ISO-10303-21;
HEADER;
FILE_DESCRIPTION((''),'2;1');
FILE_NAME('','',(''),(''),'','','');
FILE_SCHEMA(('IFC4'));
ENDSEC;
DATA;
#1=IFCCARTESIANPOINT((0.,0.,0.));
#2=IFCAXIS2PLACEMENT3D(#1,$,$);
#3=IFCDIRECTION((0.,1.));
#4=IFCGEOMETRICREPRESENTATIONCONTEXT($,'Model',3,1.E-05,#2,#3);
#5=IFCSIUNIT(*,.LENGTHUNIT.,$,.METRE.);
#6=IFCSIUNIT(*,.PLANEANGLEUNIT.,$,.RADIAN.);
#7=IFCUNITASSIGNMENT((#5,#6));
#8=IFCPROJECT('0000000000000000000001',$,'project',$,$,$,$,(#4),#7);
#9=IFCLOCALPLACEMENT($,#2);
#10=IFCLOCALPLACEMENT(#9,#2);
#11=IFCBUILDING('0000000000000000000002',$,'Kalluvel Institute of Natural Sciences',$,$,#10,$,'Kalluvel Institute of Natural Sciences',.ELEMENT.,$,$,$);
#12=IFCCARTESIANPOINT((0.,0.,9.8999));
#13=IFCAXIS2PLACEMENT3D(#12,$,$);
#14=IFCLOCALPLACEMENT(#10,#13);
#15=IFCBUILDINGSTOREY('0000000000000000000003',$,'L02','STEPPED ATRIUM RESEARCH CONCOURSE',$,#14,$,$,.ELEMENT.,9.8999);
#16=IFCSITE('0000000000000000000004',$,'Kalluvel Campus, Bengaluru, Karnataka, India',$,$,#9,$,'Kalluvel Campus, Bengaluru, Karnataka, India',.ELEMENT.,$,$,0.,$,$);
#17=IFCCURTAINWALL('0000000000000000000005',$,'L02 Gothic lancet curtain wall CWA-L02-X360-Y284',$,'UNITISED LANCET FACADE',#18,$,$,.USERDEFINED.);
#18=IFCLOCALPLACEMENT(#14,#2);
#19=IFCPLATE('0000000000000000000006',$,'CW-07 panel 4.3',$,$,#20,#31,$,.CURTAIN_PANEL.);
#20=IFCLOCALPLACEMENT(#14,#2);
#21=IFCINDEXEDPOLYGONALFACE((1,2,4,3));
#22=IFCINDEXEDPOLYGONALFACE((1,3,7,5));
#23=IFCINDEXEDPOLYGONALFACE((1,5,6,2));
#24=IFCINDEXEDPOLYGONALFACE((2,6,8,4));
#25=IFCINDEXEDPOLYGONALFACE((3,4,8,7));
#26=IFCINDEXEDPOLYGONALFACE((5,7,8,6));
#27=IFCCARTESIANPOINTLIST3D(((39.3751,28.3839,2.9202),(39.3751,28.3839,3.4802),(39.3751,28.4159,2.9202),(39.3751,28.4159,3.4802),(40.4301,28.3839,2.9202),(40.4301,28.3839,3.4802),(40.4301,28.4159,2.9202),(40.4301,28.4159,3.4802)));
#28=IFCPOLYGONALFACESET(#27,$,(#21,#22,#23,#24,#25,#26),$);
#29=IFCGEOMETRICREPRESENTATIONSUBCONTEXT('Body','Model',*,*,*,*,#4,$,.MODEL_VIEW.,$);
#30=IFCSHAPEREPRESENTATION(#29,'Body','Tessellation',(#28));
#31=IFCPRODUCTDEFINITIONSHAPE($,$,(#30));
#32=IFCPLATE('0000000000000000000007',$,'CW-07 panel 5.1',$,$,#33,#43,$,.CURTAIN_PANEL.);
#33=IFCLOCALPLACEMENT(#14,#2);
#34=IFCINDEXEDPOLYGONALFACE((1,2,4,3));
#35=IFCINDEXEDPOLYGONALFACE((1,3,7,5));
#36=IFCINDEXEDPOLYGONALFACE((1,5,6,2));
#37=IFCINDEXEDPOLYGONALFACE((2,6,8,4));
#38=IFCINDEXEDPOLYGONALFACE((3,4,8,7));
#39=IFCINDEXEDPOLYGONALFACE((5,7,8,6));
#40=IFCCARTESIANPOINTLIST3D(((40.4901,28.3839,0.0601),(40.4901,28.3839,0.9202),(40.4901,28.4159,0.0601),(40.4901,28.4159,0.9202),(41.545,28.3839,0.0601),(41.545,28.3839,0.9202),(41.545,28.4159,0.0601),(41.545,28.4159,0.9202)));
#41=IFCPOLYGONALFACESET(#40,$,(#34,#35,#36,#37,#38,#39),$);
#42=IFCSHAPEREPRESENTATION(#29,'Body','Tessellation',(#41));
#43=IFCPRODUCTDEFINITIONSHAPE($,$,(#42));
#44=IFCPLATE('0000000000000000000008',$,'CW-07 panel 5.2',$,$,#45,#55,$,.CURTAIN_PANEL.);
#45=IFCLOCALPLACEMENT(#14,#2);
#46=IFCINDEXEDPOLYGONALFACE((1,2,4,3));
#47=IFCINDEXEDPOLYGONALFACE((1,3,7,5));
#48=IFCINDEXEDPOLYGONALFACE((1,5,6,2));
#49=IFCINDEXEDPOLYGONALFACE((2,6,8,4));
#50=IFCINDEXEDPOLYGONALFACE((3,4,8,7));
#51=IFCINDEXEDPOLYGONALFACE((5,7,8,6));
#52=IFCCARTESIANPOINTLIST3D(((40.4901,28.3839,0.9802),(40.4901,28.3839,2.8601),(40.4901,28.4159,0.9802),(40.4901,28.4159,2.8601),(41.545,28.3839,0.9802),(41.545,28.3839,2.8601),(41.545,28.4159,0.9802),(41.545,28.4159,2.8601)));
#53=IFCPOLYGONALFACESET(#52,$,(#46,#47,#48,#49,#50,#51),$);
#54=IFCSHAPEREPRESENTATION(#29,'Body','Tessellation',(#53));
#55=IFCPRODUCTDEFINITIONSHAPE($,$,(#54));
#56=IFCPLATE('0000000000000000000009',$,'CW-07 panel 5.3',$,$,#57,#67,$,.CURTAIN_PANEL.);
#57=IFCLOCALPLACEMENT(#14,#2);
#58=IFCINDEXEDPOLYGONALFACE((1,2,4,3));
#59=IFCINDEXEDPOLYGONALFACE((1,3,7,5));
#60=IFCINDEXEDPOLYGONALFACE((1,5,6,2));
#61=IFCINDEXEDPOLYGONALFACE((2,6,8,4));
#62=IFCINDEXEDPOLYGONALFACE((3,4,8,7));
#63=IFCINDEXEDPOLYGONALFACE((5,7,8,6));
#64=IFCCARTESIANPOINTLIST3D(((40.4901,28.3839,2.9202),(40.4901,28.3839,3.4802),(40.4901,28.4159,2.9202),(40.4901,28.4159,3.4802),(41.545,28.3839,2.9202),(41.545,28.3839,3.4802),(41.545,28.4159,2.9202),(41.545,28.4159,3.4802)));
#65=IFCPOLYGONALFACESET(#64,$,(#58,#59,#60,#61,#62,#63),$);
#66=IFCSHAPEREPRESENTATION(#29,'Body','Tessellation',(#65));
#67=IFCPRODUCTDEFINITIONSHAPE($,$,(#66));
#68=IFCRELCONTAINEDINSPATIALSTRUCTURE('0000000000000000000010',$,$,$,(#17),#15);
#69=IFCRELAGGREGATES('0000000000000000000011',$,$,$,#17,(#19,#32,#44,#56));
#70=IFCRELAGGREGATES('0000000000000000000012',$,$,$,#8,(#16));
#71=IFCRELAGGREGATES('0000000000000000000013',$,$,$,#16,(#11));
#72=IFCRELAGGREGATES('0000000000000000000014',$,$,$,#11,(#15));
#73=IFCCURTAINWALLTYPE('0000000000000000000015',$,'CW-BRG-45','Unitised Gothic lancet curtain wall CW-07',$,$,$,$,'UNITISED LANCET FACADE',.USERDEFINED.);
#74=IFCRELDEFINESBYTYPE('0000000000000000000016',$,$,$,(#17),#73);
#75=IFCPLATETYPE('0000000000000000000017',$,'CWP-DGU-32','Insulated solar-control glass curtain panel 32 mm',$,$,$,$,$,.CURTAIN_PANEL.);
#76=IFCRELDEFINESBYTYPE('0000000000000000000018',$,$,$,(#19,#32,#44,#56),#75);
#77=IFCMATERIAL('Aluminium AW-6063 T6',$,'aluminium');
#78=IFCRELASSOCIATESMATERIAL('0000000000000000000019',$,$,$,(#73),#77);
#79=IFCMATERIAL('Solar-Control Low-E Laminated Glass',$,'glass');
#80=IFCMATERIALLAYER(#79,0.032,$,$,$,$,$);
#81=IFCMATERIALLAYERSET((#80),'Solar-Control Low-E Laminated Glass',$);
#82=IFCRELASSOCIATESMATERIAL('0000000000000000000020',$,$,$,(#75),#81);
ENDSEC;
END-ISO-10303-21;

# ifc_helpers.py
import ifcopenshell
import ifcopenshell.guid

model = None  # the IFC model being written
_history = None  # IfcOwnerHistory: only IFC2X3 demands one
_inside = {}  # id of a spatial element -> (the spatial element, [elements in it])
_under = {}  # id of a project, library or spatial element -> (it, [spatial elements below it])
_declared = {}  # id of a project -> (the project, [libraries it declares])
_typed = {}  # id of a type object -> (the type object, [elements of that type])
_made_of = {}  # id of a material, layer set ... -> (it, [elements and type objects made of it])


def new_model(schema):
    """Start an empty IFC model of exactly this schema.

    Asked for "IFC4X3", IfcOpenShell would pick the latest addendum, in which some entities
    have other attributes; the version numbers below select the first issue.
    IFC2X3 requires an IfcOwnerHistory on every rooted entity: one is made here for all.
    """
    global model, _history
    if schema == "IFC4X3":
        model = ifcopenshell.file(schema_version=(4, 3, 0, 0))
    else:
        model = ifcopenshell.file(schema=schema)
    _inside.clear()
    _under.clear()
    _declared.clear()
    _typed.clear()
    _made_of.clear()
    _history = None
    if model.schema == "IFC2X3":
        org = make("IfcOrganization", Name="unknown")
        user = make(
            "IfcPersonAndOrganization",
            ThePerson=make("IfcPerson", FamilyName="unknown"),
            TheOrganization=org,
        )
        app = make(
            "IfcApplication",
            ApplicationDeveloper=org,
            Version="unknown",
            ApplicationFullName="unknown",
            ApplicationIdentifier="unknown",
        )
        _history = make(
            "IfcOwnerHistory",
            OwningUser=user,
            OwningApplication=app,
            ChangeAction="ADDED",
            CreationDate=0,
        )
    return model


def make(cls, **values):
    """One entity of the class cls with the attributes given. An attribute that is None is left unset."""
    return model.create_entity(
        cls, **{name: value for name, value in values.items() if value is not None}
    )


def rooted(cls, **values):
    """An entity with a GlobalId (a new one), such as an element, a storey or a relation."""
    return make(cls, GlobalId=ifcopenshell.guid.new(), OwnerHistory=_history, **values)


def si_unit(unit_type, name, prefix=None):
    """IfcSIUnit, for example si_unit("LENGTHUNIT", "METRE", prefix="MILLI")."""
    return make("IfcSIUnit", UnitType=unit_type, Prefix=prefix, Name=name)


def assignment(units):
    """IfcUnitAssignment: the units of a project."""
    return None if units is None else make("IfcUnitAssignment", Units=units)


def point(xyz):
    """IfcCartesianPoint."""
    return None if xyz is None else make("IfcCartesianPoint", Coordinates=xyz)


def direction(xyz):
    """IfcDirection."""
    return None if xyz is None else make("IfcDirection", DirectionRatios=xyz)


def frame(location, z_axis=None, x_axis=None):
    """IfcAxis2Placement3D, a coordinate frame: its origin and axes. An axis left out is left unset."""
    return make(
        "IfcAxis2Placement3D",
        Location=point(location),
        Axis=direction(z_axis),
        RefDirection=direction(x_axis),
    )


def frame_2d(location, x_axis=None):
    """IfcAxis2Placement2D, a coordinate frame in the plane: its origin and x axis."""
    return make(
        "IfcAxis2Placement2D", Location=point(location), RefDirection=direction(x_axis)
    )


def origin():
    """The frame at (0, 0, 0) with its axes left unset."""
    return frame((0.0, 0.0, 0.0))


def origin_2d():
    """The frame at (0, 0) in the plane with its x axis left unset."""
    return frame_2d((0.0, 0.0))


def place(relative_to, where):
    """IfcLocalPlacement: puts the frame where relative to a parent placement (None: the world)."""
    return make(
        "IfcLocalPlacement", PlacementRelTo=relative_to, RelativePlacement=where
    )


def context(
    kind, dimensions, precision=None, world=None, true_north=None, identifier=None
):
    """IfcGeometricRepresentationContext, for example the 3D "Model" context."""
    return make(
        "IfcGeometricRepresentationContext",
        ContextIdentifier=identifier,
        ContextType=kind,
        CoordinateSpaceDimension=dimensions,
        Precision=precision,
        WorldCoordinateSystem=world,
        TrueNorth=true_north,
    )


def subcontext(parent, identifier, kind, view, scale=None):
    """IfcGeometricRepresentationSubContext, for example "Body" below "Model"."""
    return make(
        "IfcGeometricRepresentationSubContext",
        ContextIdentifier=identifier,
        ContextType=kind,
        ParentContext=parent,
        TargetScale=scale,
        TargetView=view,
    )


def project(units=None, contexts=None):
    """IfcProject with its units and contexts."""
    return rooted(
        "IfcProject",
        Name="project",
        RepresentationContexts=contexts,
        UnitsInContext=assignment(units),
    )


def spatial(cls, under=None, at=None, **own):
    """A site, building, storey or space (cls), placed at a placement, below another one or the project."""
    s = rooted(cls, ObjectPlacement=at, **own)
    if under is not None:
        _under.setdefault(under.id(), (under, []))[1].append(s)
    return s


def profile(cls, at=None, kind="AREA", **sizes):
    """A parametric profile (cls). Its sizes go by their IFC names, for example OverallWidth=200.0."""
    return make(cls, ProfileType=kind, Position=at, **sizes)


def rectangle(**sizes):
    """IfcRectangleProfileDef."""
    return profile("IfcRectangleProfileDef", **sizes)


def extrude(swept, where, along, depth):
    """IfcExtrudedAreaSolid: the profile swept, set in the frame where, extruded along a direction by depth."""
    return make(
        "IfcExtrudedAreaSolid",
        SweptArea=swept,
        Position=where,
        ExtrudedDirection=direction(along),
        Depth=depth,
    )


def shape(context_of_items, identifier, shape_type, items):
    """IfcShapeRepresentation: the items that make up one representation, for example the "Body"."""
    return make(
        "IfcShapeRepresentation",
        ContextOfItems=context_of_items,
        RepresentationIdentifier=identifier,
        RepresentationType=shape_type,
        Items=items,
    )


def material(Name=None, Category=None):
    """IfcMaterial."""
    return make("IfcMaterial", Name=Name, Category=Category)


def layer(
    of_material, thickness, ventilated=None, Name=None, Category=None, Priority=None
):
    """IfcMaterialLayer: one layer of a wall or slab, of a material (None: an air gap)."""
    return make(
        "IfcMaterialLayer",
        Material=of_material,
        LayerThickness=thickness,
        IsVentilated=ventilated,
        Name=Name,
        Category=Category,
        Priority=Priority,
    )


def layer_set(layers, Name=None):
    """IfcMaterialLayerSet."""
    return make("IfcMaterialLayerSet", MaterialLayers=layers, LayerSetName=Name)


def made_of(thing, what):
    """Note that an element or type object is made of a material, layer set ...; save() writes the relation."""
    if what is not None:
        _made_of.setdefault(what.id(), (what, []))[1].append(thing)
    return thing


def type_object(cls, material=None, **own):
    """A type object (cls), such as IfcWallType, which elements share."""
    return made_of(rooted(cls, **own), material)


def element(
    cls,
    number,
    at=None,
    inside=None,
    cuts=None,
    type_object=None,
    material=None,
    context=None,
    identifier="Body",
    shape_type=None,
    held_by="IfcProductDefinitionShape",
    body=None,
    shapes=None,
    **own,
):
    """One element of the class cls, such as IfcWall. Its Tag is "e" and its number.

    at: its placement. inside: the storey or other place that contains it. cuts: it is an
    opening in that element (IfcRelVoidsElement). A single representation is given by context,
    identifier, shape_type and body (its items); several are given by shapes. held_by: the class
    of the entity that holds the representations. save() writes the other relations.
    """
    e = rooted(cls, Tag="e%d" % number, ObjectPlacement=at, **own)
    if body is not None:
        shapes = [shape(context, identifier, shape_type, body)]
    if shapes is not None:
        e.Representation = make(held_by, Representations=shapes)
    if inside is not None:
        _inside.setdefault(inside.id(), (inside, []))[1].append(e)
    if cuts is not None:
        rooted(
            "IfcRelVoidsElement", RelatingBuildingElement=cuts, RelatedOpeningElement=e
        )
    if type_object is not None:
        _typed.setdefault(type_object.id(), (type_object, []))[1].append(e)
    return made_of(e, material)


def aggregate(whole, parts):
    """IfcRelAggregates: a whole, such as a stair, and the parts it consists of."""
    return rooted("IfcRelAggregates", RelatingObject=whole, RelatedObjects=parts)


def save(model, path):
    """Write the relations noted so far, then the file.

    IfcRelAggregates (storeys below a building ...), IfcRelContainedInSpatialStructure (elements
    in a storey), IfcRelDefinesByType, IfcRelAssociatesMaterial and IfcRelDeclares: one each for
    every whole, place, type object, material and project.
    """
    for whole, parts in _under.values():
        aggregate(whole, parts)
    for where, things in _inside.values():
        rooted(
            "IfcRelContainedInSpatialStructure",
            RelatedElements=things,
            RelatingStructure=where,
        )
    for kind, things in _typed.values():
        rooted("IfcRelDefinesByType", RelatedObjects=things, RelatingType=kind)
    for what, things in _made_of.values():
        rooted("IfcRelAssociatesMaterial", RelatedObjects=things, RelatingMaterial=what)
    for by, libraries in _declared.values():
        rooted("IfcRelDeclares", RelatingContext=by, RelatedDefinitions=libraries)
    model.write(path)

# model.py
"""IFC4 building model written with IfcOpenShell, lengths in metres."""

from ifc_helpers import new_model, si_unit, direction, frame, origin, origin_2d, place, context, subcontext, project, spatial, rectangle, extrude, material, layer, layer_set, type_object, element, aggregate, save


model = new_model("IFC4")

# Units and contexts
model_context = context("Model", 3, precision=1e-05, world=origin(), true_north=direction((0.0, 1.0)))
body_context = subcontext(model_context, "Body", "Model", "MODEL_VIEW")
ifc_project = project(units=[si_unit("LENGTHUNIT", "METRE"), si_unit("PLANEANGLEUNIT", "RADIAN")], contexts=[model_context])

# Site, building, storey
site_placement = place(None, origin())
site = spatial("IfcSite", under=ifc_project, at=site_placement, Name="Kalluvel Campus, Bengaluru, Karnataka, India", LongName="Kalluvel Campus, Bengaluru, Karnataka, India", CompositionType="ELEMENT", RefElevation=0.0)
building_placement = place(site_placement, origin())
building = spatial("IfcBuilding", under=site, at=building_placement, Name="Kalluvel Institute of Natural Sciences", LongName="Kalluvel Institute of Natural Sciences", CompositionType="ELEMENT")
storey_placement = place(building_placement, frame((0.0, 0.0, 9.8999)))
storey = spatial("IfcBuildingStorey", under=building, at=storey_placement, Name="L02", Description="STEPPED ATRIUM RESEARCH CONCOURSE", CompositionType="ELEMENT", Elevation=9.8999)

# Curtain wall, plates
ifc_material_1 = material(Name="Aluminium AW-6063 T6", Category="aluminium")
curtain_wall_type = type_object("IfcCurtainWallType", Name="CW-BRG-45", Description="Unitised Gothic lancet curtain wall CW-07", ElementType="UNITISED LANCET FACADE", PredefinedType="USERDEFINED", material=ifc_material_1)
curtain_wall_placement = place(storey_placement, origin())
curtain_wall = element("IfcCurtainWall", 1, at=curtain_wall_placement, inside=storey, type_object=curtain_wall_type, Name="L02 Gothic lancet curtain wall CWA-L02-X360-Y284", ObjectType="UNITISED LANCET FACADE", PredefinedType="USERDEFINED")
ifc_material_2 = material(Name="Solar-Control Low-E Laminated Glass", Category="glass")
ifc_layer = layer(ifc_material_2, 0.032)
ifc_layer_set = layer_set([ifc_layer], Name="Solar-Control Low-E Laminated Glass")
plate_type = type_object("IfcPlateType", Name="CWP-DGU-32", Description="Insulated solar-control glass curtain panel 32 mm", PredefinedType="CURTAIN_PANEL", material=ifc_layer_set)
plate_1_placement = place(storey_placement, frame((39.9026, 28.3999, 2.9202), z_axis=(0.0, 0.0, 1.0), x_axis=(1.0, 0.0, 0.0)))
plate_1 = element("IfcPlate", 2, at=plate_1_placement, type_object=plate_type, Name="CW-07 panel 4.3", PredefinedType="CURTAIN_PANEL", context=body_context, shape_type="SweptSolid", body=[
    extrude(rectangle(XDim=1.0549, YDim=0.032, at=origin_2d()), origin(), (0.0, 0.0, 1.0), 0.5601),
])
plate_2_placement = place(storey_placement, frame((41.0176, 28.3999, 0.0601), z_axis=(0.0, 0.0, 1.0), x_axis=(1.0, 0.0, 0.0)))
plate_2 = element("IfcPlate", 3, at=plate_2_placement, type_object=plate_type, Name="CW-07 panel 5.1", PredefinedType="CURTAIN_PANEL", context=body_context, shape_type="SweptSolid", body=[
    extrude(rectangle(XDim=1.0549, YDim=0.032, at=origin_2d()), origin(), (0.0, 0.0, 1.0), 0.8601),
])
plate_3_placement = place(storey_placement, frame((41.0176, 28.3999, 0.9802), z_axis=(0.0, 0.0, 1.0), x_axis=(1.0, 0.0, 0.0)))
plate_3 = element("IfcPlate", 4, at=plate_3_placement, type_object=plate_type, Name="CW-07 panel 5.2", PredefinedType="CURTAIN_PANEL", context=body_context, shape_type="SweptSolid", body=[
    extrude(rectangle(XDim=1.0549, YDim=0.032, at=origin_2d()), origin(), (0.0, 0.0, 1.0), 1.8799),
])
plate_4_placement = place(storey_placement, frame((41.0176, 28.3999, 2.9202), z_axis=(0.0, 0.0, 1.0), x_axis=(1.0, 0.0, 0.0)))
plate_4 = element("IfcPlate", 5, at=plate_4_placement, type_object=plate_type, Name="CW-07 panel 5.3", PredefinedType="CURTAIN_PANEL", context=body_context, shape_type="SweptSolid", body=[
    extrude(rectangle(XDim=1.0549, YDim=0.032, at=origin_2d()), origin(), (0.0, 0.0, 1.0), 0.5601),
])
aggregate(curtain_wall, [plate_1, plate_2, plate_3, plate_4])

save(model, "model.ifc")
